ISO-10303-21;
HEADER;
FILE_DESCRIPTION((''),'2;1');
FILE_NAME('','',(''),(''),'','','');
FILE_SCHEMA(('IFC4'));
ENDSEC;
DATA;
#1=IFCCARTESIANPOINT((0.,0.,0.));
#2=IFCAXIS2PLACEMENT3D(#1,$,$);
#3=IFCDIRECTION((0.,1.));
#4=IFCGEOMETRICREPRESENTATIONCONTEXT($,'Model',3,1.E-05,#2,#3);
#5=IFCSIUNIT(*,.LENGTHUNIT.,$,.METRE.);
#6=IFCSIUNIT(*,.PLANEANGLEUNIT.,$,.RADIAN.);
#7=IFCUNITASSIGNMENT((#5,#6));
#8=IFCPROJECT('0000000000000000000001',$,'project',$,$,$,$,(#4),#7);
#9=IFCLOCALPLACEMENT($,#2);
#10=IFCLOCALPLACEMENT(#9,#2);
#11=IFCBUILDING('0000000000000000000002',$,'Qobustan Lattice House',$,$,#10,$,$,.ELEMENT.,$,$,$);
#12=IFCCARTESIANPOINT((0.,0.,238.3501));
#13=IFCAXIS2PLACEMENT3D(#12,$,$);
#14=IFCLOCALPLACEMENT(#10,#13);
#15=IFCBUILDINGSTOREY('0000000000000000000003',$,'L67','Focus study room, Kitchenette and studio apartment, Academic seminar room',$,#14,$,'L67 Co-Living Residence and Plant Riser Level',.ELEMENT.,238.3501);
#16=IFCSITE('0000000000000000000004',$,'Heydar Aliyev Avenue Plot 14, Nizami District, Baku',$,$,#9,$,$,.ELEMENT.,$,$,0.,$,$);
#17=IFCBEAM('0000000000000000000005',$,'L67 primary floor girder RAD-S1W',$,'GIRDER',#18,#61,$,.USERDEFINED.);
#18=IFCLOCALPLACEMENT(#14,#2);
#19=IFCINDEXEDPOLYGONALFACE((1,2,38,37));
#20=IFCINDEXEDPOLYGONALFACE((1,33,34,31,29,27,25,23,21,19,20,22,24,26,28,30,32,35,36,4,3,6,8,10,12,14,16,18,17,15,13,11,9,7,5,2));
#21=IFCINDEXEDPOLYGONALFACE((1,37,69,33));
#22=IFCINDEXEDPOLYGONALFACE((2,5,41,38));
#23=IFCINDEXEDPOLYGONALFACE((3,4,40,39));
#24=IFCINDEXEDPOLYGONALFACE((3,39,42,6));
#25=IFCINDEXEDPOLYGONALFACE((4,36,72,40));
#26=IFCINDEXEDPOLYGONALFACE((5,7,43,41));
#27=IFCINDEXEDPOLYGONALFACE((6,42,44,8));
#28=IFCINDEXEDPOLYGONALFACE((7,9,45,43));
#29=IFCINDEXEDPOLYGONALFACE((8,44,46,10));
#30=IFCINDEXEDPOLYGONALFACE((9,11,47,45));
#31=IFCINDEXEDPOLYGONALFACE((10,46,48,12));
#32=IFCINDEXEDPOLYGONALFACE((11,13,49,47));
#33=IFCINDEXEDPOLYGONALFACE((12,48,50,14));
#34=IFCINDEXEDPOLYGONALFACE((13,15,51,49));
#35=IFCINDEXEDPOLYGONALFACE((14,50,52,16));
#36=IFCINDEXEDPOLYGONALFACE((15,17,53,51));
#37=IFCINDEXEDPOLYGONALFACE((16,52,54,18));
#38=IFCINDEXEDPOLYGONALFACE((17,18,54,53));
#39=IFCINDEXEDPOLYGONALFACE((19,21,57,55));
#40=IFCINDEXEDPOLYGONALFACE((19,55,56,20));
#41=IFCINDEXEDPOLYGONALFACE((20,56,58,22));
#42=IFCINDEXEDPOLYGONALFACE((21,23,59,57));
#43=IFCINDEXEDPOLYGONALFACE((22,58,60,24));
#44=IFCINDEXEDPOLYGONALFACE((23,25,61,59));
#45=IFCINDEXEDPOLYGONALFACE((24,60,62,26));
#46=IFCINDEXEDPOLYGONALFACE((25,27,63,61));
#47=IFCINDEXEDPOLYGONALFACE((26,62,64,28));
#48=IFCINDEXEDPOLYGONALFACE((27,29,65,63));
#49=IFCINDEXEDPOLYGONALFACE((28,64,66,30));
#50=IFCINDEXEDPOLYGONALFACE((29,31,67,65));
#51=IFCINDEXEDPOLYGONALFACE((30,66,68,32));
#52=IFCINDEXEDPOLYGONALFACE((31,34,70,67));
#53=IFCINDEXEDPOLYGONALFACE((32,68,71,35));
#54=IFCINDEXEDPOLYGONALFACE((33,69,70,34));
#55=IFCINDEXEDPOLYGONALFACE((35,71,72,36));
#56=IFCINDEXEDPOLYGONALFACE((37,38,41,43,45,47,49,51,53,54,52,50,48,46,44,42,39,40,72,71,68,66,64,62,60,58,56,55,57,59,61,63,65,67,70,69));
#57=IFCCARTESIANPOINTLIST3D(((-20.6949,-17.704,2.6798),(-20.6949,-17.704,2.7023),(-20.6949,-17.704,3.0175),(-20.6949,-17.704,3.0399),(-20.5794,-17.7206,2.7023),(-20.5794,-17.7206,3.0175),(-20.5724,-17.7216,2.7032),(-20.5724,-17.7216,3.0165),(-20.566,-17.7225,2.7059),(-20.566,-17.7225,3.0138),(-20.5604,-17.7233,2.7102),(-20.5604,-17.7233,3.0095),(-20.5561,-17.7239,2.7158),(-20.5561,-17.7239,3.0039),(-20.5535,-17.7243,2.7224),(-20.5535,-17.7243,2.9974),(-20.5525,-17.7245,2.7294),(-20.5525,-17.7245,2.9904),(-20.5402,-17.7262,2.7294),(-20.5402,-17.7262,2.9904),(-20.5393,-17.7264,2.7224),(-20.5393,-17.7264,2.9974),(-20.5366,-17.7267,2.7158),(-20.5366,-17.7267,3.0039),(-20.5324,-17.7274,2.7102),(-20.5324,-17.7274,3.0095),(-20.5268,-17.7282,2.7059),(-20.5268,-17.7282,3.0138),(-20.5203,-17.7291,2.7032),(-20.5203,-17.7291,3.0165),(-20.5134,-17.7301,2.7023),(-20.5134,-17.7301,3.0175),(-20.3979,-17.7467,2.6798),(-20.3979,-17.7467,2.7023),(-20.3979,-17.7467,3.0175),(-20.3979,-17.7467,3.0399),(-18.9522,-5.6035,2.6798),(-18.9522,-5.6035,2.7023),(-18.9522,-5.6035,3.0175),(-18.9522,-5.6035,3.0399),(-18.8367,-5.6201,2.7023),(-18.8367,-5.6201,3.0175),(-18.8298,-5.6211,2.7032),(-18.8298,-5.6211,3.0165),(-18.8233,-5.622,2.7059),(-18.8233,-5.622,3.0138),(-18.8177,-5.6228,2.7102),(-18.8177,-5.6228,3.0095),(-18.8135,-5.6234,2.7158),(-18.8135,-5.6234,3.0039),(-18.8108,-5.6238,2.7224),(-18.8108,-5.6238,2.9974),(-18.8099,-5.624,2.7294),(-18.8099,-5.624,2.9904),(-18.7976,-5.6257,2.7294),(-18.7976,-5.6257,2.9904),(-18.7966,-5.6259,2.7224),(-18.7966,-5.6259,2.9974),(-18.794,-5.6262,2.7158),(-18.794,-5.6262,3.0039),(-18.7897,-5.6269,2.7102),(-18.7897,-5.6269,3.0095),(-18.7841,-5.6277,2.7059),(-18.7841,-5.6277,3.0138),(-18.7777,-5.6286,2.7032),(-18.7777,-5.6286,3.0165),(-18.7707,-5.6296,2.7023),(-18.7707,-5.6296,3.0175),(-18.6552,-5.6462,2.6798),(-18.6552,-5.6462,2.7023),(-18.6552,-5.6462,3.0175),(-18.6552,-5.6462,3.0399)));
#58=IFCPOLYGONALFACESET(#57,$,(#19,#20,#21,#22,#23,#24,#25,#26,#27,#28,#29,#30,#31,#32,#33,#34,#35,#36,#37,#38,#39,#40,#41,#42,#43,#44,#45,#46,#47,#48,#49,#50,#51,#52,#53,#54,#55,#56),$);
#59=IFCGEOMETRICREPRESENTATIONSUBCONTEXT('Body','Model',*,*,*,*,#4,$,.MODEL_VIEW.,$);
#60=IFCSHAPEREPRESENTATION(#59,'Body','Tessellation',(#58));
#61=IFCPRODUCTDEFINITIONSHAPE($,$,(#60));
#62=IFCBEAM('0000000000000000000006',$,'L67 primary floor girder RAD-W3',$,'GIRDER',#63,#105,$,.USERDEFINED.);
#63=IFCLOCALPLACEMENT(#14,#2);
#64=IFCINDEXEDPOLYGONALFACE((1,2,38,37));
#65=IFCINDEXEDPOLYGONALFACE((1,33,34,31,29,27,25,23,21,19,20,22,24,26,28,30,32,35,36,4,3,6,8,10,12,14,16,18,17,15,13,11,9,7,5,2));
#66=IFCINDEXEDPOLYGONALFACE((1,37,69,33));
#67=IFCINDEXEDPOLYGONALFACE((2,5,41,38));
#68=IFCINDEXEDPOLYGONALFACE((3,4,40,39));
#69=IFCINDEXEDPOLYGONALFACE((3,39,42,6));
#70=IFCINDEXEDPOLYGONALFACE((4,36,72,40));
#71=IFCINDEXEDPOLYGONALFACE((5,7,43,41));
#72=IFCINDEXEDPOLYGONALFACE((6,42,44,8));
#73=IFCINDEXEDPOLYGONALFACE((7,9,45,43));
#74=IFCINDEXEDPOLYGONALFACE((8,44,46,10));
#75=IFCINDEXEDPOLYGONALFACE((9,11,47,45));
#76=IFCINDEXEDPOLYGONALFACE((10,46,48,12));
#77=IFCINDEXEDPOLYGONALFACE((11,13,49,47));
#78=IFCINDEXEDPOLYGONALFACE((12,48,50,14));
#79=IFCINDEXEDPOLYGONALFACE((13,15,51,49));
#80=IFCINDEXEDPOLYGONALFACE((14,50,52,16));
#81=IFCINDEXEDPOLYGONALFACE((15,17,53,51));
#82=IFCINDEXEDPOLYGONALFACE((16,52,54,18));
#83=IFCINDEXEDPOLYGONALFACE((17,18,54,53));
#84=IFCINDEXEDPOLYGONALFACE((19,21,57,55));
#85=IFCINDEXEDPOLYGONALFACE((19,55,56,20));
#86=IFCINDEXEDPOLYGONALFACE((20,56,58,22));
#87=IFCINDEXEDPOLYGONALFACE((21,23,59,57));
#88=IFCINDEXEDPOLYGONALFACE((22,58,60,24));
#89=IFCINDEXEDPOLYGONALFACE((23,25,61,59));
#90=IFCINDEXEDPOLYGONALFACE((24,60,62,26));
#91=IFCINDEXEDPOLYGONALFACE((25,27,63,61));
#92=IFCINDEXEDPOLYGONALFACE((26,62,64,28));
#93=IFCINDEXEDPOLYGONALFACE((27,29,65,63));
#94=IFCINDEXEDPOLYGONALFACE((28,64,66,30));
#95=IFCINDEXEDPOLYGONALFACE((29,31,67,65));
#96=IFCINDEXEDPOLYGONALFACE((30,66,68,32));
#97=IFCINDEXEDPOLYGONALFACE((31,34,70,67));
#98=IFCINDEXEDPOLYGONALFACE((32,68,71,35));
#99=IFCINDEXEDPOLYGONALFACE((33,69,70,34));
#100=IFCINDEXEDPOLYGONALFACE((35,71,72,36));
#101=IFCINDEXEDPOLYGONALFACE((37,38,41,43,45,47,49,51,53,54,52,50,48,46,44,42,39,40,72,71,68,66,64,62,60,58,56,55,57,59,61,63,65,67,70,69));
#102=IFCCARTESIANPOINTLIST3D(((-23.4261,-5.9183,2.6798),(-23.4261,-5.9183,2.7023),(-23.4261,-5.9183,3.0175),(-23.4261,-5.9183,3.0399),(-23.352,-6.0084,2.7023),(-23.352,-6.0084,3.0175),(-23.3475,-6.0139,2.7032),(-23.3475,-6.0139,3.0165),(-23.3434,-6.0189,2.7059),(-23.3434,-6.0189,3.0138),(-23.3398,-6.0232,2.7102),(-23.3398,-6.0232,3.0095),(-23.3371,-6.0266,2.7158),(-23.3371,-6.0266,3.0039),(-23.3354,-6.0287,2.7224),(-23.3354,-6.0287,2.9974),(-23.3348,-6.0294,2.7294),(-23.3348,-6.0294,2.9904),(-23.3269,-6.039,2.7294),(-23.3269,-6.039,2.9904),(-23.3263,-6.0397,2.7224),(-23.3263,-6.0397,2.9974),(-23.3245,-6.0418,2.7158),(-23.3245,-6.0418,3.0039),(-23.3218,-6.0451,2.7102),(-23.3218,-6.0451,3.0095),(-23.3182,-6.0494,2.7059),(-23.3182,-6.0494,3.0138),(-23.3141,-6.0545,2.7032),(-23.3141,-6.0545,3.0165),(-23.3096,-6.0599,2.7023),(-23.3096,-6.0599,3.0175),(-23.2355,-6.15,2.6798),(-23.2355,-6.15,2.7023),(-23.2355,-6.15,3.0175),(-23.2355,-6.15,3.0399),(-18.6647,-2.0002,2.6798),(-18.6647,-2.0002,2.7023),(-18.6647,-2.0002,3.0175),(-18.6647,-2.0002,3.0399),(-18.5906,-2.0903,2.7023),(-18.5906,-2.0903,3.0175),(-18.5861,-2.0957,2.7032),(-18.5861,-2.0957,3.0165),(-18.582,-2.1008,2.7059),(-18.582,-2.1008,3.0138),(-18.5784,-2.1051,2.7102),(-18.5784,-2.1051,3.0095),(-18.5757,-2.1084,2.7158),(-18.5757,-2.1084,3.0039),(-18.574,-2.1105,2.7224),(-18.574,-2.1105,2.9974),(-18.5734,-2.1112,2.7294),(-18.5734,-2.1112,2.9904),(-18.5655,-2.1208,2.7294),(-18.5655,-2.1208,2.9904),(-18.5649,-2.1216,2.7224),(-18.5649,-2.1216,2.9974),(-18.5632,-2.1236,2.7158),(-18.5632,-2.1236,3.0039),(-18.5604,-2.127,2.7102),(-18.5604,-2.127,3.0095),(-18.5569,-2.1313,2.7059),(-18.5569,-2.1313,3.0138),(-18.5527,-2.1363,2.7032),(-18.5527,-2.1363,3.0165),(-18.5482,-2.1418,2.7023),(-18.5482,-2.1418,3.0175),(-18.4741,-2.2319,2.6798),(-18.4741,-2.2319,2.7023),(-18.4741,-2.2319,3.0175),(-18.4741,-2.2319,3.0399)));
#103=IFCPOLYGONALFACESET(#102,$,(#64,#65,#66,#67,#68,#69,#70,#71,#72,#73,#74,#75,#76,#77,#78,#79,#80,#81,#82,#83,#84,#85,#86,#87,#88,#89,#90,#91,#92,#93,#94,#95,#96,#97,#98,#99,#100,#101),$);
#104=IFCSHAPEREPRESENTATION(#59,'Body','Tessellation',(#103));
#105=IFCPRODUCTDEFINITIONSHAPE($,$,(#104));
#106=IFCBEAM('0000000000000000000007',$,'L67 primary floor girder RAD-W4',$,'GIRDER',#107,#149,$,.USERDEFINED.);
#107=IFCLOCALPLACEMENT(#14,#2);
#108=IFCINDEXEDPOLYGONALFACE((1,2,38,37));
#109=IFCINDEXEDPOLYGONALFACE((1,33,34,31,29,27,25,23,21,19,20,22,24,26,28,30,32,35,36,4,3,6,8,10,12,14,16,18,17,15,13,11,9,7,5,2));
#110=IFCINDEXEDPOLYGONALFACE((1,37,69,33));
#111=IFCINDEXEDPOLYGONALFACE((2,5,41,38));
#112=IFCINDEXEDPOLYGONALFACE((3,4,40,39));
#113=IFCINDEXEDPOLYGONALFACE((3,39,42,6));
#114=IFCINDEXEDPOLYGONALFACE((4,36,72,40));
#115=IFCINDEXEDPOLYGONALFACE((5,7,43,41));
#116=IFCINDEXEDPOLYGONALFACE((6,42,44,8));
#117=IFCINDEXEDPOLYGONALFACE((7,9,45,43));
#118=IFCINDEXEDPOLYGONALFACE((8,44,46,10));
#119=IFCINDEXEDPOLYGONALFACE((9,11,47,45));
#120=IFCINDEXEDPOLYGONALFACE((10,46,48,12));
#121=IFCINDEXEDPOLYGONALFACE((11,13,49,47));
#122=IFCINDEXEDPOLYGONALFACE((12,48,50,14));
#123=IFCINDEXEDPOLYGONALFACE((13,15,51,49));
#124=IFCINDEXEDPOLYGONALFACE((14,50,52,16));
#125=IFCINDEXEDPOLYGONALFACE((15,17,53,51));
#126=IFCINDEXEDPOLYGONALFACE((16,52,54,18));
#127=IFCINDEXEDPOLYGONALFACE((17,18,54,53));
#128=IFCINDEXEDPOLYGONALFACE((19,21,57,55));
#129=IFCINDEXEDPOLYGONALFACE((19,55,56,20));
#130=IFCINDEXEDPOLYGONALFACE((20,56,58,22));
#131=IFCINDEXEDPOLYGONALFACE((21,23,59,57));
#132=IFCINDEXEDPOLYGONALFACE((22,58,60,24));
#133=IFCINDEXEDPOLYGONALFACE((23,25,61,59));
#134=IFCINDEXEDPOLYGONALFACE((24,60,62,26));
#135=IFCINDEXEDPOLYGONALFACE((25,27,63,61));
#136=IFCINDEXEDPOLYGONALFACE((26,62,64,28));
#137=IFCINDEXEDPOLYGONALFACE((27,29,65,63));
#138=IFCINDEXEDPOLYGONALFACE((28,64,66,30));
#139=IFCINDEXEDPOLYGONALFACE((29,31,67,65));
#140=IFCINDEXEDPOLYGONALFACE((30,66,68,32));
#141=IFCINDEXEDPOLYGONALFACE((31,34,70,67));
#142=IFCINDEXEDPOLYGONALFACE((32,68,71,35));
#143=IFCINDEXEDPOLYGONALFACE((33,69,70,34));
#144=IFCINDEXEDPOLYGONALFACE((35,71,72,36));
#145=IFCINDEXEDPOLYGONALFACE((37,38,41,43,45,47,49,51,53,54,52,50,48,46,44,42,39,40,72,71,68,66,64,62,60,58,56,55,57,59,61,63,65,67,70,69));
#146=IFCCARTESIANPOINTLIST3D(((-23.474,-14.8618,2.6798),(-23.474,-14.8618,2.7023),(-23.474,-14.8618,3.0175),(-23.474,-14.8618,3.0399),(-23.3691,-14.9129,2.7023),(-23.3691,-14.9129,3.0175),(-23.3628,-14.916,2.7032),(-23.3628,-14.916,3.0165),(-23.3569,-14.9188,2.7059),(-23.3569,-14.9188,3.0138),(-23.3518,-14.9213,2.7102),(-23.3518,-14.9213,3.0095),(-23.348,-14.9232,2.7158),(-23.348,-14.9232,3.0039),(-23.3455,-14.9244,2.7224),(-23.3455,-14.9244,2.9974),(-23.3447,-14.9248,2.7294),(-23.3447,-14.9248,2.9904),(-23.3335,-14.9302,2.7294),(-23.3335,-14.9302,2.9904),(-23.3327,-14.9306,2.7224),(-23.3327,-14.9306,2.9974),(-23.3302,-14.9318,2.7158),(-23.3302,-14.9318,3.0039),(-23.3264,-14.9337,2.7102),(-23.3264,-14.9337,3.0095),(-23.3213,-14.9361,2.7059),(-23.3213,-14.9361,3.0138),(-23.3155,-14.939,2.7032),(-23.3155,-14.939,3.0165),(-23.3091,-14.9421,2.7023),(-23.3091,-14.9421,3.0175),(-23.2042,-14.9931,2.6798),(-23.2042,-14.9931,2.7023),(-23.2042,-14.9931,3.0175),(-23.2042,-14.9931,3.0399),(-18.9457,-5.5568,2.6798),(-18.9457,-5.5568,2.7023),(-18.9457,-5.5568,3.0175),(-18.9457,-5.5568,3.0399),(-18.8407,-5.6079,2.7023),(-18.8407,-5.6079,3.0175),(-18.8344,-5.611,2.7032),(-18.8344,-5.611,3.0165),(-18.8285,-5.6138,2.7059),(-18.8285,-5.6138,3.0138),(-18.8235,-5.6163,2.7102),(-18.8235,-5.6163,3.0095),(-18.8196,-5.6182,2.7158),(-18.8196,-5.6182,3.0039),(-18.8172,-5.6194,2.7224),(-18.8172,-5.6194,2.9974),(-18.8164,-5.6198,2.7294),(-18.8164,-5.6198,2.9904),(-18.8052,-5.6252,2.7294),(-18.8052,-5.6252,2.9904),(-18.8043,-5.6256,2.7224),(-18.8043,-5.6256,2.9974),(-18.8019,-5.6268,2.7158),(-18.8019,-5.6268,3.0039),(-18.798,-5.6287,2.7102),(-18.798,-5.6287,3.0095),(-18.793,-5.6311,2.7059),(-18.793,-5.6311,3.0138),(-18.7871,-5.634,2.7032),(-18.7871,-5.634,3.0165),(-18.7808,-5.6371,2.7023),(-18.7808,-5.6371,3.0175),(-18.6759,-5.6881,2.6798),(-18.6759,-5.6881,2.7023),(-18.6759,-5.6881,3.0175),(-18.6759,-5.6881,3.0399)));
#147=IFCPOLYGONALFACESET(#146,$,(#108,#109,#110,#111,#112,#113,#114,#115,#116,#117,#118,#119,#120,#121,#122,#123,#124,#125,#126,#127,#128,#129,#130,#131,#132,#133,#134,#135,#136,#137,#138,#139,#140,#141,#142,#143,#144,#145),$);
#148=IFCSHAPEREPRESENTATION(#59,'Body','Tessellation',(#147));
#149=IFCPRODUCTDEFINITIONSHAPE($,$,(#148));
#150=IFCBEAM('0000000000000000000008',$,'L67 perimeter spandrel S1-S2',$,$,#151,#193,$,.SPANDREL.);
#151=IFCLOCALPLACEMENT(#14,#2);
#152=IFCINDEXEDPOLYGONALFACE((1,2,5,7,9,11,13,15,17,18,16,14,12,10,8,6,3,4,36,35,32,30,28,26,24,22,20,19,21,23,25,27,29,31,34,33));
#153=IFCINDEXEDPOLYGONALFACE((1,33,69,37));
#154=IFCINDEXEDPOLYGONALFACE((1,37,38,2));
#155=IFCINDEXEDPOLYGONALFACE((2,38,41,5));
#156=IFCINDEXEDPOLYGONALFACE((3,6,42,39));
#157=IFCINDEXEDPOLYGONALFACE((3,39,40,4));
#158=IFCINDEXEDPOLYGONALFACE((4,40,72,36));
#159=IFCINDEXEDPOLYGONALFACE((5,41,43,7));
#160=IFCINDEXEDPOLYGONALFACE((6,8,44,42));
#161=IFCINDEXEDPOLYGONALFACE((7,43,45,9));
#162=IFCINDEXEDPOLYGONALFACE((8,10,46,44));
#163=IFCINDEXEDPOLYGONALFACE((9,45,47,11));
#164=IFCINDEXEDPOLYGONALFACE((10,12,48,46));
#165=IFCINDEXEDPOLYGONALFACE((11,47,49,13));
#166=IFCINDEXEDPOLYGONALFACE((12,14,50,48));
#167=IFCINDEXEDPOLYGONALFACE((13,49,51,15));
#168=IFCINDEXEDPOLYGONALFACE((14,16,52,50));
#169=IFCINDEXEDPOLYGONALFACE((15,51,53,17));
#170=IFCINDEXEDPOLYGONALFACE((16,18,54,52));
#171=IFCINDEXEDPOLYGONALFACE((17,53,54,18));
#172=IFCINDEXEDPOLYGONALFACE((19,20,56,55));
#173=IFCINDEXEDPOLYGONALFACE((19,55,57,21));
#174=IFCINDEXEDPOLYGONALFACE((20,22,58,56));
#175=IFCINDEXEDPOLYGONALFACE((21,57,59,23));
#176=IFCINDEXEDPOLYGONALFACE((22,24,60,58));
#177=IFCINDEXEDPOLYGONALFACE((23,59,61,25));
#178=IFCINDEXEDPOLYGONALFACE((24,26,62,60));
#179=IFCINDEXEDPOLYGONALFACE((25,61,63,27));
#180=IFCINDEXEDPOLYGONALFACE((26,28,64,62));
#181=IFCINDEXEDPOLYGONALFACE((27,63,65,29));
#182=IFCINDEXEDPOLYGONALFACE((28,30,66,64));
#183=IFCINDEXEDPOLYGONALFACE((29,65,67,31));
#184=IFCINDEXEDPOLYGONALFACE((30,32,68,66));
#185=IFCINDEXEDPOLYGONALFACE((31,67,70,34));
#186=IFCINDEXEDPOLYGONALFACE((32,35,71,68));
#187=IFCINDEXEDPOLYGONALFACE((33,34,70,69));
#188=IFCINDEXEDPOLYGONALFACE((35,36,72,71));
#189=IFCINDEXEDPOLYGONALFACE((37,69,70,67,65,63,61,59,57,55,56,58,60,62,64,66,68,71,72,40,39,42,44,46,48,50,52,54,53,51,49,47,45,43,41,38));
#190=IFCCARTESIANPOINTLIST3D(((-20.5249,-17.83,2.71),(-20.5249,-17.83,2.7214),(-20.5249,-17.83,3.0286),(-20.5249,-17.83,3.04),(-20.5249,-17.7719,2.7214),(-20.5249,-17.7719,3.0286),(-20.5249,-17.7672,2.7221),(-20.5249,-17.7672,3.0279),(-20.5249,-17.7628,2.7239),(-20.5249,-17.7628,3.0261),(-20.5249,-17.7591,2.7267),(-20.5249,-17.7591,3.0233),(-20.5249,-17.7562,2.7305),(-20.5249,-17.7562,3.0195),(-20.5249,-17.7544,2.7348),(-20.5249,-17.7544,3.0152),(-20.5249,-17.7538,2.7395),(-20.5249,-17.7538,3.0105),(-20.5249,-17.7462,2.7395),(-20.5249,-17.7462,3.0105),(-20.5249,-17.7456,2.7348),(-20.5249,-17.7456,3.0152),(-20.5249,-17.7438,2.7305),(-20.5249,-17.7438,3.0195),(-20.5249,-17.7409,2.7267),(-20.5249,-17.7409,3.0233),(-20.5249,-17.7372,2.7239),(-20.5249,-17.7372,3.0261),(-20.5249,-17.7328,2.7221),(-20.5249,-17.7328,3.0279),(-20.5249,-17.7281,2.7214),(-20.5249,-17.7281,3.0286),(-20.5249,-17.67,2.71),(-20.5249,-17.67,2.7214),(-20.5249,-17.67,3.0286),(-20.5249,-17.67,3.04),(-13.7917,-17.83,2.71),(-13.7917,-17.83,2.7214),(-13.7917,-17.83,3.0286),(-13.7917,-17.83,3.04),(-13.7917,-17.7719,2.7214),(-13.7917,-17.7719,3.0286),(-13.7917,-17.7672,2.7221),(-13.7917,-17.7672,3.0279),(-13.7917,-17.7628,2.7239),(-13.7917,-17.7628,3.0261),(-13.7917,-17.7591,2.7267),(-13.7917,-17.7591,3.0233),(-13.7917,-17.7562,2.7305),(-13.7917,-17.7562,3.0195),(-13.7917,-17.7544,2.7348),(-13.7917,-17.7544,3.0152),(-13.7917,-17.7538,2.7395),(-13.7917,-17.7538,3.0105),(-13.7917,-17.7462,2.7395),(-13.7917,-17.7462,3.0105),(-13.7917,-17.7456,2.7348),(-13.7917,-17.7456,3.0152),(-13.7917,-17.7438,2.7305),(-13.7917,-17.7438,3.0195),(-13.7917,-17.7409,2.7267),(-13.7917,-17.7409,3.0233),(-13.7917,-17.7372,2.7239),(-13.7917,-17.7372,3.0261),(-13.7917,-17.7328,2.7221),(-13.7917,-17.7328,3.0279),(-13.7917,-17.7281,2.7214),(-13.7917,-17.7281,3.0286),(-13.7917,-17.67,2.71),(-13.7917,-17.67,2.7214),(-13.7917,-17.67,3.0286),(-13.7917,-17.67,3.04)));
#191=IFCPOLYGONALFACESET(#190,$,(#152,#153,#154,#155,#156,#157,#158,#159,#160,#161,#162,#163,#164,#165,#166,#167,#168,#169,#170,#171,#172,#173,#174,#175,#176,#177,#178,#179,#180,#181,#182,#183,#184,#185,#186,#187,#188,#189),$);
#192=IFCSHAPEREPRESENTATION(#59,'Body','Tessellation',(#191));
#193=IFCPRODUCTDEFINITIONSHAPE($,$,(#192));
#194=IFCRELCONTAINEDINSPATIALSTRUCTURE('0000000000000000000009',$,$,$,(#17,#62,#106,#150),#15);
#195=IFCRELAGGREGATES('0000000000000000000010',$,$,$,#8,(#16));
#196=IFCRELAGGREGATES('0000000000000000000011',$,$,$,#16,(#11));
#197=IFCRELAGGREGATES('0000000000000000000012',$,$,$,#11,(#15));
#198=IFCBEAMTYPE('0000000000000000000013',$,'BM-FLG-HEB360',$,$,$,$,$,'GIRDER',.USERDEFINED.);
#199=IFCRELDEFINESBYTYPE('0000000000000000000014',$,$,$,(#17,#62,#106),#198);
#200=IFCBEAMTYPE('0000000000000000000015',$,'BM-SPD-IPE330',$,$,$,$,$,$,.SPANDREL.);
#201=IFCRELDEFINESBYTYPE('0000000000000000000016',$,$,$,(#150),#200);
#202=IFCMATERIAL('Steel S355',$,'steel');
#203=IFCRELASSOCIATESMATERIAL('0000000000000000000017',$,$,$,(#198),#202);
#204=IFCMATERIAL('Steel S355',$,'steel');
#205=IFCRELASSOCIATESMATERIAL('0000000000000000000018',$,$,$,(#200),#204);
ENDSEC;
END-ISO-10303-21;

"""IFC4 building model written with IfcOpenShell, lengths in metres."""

from ifc_helpers import new_model, si_unit, direction, frame, origin, origin_2d, place, context, subcontext, project, spatial, i_section, extrude, material, material_profile, profile_set, type_object, element, save


model = new_model("IFC4")

# Units and contexts
model_context = context("Model", 3, precision=1e-05, world=origin(), true_north=direction((0.0, 1.0)))
body_context = subcontext(model_context, "Body", "Model", "MODEL_VIEW")
ifc_project = project(units=[si_unit("LENGTHUNIT", "METRE"), si_unit("PLANEANGLEUNIT", "RADIAN")], contexts=[model_context])

# Site, building, storey
site_placement = place(None, origin())
site = spatial("IfcSite", under=ifc_project, at=site_placement, Name="Heydar Aliyev Avenue Plot 14, Nizami District, Baku", CompositionType="ELEMENT", RefElevation=0.0)
building_placement = place(site_placement, origin())
building = spatial("IfcBuilding", under=site, at=building_placement, Name="Qobustan Lattice House", CompositionType="ELEMENT")
storey_placement = place(building_placement, frame((0.0, 0.0, 238.3501)))
storey = spatial("IfcBuildingStorey", under=building, at=storey_placement, Name="L67", Description="Focus study room, Kitchenette and studio apartment, Academic seminar room", LongName="L67 Co-Living Residence and Plant Riser Level", CompositionType="ELEMENT", Elevation=238.3501)

# Beams
ifc_material_1 = material(Name="Steel S355", Category="steel")
ifc_material_profile_1 = material_profile(ifc_material_1, i_section(OverallWidth=0.3, OverallDepth=0.3601, WebThickness=0.0125, FlangeThickness=0.0225, FilletRadius=0.0271, at=origin_2d()), Name="HEB360")
ifc_profile_set_1 = profile_set([ifc_material_profile_1], Name="Steel S355")
beam_type_1 = type_object("IfcBeamType", Name="BM-FLG-HEB360", ElementType="GIRDER", PredefinedType="USERDEFINED", material=ifc_profile_set_1)
beam_1_placement = place(storey_placement, frame((-20.5464, -17.7253, 2.8599), z_axis=(0.142545, 0.989788, 0.0), x_axis=(-0.989788, 0.142545, 0.0)))
element("IfcBeam", 1, at=beam_1_placement, inside=storey, type_object=beam_type_1, Name="L67 primary floor girder RAD-S1W", ObjectType="GIRDER", PredefinedType="USERDEFINED", context=body_context, shape_type="SweptSolid", body=[
    extrude(i_section(OverallWidth=0.3, OverallDepth=0.3601, WebThickness=0.0125, FlangeThickness=0.0225, FilletRadius=0.0271, at=origin_2d()), origin(), (0.0, 0.0, 1.0), 12.2253),
])
beam_2_placement = place(storey_placement, frame((-23.3308, -6.0342, 2.8599), z_axis=(0.772169, 0.635417, 0.0), x_axis=(-0.635417, 0.772169, 0.0)))
element("IfcBeam", 2, at=beam_2_placement, inside=storey, type_object=beam_type_1, Name="L67 primary floor girder RAD-W3", ObjectType="GIRDER", PredefinedType="USERDEFINED", context=body_context, shape_type="SweptSolid", body=[
    extrude(i_section(OverallWidth=0.3, OverallDepth=0.3601, WebThickness=0.0125, FlangeThickness=0.0225, FilletRadius=0.0271, at=origin_2d()), origin(), (0.0, 0.0, 1.0), 6.1663),
])
beam_3_placement = place(storey_placement, frame((-23.3391, -14.9275, 2.8599), z_axis=(0.43759, 0.899174, 0.0), x_axis=(-0.899174, 0.43759, 0.0)))
element("IfcBeam", 3, at=beam_3_placement, inside=storey, type_object=beam_type_1, Name="L67 primary floor girder RAD-W4", ObjectType="GIRDER", PredefinedType="USERDEFINED", context=body_context, shape_type="SweptSolid", body=[
    extrude(i_section(OverallWidth=0.3, OverallDepth=0.3601, WebThickness=0.0125, FlangeThickness=0.0225, FilletRadius=0.0271, at=origin_2d()), origin(), (0.0, 0.0, 1.0), 10.3484),
])
ifc_material_2 = material(Name="Steel S355", Category="steel")
ifc_material_profile_2 = material_profile(ifc_material_2, i_section(OverallWidth=0.1599, OverallDepth=0.3301, WebThickness=0.0076, FlangeThickness=0.0115, FilletRadius=0.0181, at=origin_2d()), Name="IPE330")
ifc_profile_set_2 = profile_set([ifc_material_profile_2], Name="Steel S355")
beam_type_2 = type_object("IfcBeamType", Name="BM-SPD-IPE330", PredefinedType="SPANDREL", material=ifc_profile_set_2)
beam_4_placement = place(storey_placement, frame((-20.5249, -17.75, 2.875), z_axis=(1.0, 0.0, 0.0), x_axis=(0.0, 1.0, 0.0)))
element("IfcBeam", 4, at=beam_4_placement, inside=storey, type_object=beam_type_2, Name="L67 perimeter spandrel S1-S2", PredefinedType="SPANDREL", context=body_context, shape_type="SweptSolid", body=[
    extrude(i_section(OverallWidth=0.1599, OverallDepth=0.3301, WebThickness=0.0076, FlangeThickness=0.0115, FilletRadius=0.0181, at=origin_2d()), origin(), (0.0, 0.0, 1.0), 6.7332),
])

save(model, "model.ifc")
